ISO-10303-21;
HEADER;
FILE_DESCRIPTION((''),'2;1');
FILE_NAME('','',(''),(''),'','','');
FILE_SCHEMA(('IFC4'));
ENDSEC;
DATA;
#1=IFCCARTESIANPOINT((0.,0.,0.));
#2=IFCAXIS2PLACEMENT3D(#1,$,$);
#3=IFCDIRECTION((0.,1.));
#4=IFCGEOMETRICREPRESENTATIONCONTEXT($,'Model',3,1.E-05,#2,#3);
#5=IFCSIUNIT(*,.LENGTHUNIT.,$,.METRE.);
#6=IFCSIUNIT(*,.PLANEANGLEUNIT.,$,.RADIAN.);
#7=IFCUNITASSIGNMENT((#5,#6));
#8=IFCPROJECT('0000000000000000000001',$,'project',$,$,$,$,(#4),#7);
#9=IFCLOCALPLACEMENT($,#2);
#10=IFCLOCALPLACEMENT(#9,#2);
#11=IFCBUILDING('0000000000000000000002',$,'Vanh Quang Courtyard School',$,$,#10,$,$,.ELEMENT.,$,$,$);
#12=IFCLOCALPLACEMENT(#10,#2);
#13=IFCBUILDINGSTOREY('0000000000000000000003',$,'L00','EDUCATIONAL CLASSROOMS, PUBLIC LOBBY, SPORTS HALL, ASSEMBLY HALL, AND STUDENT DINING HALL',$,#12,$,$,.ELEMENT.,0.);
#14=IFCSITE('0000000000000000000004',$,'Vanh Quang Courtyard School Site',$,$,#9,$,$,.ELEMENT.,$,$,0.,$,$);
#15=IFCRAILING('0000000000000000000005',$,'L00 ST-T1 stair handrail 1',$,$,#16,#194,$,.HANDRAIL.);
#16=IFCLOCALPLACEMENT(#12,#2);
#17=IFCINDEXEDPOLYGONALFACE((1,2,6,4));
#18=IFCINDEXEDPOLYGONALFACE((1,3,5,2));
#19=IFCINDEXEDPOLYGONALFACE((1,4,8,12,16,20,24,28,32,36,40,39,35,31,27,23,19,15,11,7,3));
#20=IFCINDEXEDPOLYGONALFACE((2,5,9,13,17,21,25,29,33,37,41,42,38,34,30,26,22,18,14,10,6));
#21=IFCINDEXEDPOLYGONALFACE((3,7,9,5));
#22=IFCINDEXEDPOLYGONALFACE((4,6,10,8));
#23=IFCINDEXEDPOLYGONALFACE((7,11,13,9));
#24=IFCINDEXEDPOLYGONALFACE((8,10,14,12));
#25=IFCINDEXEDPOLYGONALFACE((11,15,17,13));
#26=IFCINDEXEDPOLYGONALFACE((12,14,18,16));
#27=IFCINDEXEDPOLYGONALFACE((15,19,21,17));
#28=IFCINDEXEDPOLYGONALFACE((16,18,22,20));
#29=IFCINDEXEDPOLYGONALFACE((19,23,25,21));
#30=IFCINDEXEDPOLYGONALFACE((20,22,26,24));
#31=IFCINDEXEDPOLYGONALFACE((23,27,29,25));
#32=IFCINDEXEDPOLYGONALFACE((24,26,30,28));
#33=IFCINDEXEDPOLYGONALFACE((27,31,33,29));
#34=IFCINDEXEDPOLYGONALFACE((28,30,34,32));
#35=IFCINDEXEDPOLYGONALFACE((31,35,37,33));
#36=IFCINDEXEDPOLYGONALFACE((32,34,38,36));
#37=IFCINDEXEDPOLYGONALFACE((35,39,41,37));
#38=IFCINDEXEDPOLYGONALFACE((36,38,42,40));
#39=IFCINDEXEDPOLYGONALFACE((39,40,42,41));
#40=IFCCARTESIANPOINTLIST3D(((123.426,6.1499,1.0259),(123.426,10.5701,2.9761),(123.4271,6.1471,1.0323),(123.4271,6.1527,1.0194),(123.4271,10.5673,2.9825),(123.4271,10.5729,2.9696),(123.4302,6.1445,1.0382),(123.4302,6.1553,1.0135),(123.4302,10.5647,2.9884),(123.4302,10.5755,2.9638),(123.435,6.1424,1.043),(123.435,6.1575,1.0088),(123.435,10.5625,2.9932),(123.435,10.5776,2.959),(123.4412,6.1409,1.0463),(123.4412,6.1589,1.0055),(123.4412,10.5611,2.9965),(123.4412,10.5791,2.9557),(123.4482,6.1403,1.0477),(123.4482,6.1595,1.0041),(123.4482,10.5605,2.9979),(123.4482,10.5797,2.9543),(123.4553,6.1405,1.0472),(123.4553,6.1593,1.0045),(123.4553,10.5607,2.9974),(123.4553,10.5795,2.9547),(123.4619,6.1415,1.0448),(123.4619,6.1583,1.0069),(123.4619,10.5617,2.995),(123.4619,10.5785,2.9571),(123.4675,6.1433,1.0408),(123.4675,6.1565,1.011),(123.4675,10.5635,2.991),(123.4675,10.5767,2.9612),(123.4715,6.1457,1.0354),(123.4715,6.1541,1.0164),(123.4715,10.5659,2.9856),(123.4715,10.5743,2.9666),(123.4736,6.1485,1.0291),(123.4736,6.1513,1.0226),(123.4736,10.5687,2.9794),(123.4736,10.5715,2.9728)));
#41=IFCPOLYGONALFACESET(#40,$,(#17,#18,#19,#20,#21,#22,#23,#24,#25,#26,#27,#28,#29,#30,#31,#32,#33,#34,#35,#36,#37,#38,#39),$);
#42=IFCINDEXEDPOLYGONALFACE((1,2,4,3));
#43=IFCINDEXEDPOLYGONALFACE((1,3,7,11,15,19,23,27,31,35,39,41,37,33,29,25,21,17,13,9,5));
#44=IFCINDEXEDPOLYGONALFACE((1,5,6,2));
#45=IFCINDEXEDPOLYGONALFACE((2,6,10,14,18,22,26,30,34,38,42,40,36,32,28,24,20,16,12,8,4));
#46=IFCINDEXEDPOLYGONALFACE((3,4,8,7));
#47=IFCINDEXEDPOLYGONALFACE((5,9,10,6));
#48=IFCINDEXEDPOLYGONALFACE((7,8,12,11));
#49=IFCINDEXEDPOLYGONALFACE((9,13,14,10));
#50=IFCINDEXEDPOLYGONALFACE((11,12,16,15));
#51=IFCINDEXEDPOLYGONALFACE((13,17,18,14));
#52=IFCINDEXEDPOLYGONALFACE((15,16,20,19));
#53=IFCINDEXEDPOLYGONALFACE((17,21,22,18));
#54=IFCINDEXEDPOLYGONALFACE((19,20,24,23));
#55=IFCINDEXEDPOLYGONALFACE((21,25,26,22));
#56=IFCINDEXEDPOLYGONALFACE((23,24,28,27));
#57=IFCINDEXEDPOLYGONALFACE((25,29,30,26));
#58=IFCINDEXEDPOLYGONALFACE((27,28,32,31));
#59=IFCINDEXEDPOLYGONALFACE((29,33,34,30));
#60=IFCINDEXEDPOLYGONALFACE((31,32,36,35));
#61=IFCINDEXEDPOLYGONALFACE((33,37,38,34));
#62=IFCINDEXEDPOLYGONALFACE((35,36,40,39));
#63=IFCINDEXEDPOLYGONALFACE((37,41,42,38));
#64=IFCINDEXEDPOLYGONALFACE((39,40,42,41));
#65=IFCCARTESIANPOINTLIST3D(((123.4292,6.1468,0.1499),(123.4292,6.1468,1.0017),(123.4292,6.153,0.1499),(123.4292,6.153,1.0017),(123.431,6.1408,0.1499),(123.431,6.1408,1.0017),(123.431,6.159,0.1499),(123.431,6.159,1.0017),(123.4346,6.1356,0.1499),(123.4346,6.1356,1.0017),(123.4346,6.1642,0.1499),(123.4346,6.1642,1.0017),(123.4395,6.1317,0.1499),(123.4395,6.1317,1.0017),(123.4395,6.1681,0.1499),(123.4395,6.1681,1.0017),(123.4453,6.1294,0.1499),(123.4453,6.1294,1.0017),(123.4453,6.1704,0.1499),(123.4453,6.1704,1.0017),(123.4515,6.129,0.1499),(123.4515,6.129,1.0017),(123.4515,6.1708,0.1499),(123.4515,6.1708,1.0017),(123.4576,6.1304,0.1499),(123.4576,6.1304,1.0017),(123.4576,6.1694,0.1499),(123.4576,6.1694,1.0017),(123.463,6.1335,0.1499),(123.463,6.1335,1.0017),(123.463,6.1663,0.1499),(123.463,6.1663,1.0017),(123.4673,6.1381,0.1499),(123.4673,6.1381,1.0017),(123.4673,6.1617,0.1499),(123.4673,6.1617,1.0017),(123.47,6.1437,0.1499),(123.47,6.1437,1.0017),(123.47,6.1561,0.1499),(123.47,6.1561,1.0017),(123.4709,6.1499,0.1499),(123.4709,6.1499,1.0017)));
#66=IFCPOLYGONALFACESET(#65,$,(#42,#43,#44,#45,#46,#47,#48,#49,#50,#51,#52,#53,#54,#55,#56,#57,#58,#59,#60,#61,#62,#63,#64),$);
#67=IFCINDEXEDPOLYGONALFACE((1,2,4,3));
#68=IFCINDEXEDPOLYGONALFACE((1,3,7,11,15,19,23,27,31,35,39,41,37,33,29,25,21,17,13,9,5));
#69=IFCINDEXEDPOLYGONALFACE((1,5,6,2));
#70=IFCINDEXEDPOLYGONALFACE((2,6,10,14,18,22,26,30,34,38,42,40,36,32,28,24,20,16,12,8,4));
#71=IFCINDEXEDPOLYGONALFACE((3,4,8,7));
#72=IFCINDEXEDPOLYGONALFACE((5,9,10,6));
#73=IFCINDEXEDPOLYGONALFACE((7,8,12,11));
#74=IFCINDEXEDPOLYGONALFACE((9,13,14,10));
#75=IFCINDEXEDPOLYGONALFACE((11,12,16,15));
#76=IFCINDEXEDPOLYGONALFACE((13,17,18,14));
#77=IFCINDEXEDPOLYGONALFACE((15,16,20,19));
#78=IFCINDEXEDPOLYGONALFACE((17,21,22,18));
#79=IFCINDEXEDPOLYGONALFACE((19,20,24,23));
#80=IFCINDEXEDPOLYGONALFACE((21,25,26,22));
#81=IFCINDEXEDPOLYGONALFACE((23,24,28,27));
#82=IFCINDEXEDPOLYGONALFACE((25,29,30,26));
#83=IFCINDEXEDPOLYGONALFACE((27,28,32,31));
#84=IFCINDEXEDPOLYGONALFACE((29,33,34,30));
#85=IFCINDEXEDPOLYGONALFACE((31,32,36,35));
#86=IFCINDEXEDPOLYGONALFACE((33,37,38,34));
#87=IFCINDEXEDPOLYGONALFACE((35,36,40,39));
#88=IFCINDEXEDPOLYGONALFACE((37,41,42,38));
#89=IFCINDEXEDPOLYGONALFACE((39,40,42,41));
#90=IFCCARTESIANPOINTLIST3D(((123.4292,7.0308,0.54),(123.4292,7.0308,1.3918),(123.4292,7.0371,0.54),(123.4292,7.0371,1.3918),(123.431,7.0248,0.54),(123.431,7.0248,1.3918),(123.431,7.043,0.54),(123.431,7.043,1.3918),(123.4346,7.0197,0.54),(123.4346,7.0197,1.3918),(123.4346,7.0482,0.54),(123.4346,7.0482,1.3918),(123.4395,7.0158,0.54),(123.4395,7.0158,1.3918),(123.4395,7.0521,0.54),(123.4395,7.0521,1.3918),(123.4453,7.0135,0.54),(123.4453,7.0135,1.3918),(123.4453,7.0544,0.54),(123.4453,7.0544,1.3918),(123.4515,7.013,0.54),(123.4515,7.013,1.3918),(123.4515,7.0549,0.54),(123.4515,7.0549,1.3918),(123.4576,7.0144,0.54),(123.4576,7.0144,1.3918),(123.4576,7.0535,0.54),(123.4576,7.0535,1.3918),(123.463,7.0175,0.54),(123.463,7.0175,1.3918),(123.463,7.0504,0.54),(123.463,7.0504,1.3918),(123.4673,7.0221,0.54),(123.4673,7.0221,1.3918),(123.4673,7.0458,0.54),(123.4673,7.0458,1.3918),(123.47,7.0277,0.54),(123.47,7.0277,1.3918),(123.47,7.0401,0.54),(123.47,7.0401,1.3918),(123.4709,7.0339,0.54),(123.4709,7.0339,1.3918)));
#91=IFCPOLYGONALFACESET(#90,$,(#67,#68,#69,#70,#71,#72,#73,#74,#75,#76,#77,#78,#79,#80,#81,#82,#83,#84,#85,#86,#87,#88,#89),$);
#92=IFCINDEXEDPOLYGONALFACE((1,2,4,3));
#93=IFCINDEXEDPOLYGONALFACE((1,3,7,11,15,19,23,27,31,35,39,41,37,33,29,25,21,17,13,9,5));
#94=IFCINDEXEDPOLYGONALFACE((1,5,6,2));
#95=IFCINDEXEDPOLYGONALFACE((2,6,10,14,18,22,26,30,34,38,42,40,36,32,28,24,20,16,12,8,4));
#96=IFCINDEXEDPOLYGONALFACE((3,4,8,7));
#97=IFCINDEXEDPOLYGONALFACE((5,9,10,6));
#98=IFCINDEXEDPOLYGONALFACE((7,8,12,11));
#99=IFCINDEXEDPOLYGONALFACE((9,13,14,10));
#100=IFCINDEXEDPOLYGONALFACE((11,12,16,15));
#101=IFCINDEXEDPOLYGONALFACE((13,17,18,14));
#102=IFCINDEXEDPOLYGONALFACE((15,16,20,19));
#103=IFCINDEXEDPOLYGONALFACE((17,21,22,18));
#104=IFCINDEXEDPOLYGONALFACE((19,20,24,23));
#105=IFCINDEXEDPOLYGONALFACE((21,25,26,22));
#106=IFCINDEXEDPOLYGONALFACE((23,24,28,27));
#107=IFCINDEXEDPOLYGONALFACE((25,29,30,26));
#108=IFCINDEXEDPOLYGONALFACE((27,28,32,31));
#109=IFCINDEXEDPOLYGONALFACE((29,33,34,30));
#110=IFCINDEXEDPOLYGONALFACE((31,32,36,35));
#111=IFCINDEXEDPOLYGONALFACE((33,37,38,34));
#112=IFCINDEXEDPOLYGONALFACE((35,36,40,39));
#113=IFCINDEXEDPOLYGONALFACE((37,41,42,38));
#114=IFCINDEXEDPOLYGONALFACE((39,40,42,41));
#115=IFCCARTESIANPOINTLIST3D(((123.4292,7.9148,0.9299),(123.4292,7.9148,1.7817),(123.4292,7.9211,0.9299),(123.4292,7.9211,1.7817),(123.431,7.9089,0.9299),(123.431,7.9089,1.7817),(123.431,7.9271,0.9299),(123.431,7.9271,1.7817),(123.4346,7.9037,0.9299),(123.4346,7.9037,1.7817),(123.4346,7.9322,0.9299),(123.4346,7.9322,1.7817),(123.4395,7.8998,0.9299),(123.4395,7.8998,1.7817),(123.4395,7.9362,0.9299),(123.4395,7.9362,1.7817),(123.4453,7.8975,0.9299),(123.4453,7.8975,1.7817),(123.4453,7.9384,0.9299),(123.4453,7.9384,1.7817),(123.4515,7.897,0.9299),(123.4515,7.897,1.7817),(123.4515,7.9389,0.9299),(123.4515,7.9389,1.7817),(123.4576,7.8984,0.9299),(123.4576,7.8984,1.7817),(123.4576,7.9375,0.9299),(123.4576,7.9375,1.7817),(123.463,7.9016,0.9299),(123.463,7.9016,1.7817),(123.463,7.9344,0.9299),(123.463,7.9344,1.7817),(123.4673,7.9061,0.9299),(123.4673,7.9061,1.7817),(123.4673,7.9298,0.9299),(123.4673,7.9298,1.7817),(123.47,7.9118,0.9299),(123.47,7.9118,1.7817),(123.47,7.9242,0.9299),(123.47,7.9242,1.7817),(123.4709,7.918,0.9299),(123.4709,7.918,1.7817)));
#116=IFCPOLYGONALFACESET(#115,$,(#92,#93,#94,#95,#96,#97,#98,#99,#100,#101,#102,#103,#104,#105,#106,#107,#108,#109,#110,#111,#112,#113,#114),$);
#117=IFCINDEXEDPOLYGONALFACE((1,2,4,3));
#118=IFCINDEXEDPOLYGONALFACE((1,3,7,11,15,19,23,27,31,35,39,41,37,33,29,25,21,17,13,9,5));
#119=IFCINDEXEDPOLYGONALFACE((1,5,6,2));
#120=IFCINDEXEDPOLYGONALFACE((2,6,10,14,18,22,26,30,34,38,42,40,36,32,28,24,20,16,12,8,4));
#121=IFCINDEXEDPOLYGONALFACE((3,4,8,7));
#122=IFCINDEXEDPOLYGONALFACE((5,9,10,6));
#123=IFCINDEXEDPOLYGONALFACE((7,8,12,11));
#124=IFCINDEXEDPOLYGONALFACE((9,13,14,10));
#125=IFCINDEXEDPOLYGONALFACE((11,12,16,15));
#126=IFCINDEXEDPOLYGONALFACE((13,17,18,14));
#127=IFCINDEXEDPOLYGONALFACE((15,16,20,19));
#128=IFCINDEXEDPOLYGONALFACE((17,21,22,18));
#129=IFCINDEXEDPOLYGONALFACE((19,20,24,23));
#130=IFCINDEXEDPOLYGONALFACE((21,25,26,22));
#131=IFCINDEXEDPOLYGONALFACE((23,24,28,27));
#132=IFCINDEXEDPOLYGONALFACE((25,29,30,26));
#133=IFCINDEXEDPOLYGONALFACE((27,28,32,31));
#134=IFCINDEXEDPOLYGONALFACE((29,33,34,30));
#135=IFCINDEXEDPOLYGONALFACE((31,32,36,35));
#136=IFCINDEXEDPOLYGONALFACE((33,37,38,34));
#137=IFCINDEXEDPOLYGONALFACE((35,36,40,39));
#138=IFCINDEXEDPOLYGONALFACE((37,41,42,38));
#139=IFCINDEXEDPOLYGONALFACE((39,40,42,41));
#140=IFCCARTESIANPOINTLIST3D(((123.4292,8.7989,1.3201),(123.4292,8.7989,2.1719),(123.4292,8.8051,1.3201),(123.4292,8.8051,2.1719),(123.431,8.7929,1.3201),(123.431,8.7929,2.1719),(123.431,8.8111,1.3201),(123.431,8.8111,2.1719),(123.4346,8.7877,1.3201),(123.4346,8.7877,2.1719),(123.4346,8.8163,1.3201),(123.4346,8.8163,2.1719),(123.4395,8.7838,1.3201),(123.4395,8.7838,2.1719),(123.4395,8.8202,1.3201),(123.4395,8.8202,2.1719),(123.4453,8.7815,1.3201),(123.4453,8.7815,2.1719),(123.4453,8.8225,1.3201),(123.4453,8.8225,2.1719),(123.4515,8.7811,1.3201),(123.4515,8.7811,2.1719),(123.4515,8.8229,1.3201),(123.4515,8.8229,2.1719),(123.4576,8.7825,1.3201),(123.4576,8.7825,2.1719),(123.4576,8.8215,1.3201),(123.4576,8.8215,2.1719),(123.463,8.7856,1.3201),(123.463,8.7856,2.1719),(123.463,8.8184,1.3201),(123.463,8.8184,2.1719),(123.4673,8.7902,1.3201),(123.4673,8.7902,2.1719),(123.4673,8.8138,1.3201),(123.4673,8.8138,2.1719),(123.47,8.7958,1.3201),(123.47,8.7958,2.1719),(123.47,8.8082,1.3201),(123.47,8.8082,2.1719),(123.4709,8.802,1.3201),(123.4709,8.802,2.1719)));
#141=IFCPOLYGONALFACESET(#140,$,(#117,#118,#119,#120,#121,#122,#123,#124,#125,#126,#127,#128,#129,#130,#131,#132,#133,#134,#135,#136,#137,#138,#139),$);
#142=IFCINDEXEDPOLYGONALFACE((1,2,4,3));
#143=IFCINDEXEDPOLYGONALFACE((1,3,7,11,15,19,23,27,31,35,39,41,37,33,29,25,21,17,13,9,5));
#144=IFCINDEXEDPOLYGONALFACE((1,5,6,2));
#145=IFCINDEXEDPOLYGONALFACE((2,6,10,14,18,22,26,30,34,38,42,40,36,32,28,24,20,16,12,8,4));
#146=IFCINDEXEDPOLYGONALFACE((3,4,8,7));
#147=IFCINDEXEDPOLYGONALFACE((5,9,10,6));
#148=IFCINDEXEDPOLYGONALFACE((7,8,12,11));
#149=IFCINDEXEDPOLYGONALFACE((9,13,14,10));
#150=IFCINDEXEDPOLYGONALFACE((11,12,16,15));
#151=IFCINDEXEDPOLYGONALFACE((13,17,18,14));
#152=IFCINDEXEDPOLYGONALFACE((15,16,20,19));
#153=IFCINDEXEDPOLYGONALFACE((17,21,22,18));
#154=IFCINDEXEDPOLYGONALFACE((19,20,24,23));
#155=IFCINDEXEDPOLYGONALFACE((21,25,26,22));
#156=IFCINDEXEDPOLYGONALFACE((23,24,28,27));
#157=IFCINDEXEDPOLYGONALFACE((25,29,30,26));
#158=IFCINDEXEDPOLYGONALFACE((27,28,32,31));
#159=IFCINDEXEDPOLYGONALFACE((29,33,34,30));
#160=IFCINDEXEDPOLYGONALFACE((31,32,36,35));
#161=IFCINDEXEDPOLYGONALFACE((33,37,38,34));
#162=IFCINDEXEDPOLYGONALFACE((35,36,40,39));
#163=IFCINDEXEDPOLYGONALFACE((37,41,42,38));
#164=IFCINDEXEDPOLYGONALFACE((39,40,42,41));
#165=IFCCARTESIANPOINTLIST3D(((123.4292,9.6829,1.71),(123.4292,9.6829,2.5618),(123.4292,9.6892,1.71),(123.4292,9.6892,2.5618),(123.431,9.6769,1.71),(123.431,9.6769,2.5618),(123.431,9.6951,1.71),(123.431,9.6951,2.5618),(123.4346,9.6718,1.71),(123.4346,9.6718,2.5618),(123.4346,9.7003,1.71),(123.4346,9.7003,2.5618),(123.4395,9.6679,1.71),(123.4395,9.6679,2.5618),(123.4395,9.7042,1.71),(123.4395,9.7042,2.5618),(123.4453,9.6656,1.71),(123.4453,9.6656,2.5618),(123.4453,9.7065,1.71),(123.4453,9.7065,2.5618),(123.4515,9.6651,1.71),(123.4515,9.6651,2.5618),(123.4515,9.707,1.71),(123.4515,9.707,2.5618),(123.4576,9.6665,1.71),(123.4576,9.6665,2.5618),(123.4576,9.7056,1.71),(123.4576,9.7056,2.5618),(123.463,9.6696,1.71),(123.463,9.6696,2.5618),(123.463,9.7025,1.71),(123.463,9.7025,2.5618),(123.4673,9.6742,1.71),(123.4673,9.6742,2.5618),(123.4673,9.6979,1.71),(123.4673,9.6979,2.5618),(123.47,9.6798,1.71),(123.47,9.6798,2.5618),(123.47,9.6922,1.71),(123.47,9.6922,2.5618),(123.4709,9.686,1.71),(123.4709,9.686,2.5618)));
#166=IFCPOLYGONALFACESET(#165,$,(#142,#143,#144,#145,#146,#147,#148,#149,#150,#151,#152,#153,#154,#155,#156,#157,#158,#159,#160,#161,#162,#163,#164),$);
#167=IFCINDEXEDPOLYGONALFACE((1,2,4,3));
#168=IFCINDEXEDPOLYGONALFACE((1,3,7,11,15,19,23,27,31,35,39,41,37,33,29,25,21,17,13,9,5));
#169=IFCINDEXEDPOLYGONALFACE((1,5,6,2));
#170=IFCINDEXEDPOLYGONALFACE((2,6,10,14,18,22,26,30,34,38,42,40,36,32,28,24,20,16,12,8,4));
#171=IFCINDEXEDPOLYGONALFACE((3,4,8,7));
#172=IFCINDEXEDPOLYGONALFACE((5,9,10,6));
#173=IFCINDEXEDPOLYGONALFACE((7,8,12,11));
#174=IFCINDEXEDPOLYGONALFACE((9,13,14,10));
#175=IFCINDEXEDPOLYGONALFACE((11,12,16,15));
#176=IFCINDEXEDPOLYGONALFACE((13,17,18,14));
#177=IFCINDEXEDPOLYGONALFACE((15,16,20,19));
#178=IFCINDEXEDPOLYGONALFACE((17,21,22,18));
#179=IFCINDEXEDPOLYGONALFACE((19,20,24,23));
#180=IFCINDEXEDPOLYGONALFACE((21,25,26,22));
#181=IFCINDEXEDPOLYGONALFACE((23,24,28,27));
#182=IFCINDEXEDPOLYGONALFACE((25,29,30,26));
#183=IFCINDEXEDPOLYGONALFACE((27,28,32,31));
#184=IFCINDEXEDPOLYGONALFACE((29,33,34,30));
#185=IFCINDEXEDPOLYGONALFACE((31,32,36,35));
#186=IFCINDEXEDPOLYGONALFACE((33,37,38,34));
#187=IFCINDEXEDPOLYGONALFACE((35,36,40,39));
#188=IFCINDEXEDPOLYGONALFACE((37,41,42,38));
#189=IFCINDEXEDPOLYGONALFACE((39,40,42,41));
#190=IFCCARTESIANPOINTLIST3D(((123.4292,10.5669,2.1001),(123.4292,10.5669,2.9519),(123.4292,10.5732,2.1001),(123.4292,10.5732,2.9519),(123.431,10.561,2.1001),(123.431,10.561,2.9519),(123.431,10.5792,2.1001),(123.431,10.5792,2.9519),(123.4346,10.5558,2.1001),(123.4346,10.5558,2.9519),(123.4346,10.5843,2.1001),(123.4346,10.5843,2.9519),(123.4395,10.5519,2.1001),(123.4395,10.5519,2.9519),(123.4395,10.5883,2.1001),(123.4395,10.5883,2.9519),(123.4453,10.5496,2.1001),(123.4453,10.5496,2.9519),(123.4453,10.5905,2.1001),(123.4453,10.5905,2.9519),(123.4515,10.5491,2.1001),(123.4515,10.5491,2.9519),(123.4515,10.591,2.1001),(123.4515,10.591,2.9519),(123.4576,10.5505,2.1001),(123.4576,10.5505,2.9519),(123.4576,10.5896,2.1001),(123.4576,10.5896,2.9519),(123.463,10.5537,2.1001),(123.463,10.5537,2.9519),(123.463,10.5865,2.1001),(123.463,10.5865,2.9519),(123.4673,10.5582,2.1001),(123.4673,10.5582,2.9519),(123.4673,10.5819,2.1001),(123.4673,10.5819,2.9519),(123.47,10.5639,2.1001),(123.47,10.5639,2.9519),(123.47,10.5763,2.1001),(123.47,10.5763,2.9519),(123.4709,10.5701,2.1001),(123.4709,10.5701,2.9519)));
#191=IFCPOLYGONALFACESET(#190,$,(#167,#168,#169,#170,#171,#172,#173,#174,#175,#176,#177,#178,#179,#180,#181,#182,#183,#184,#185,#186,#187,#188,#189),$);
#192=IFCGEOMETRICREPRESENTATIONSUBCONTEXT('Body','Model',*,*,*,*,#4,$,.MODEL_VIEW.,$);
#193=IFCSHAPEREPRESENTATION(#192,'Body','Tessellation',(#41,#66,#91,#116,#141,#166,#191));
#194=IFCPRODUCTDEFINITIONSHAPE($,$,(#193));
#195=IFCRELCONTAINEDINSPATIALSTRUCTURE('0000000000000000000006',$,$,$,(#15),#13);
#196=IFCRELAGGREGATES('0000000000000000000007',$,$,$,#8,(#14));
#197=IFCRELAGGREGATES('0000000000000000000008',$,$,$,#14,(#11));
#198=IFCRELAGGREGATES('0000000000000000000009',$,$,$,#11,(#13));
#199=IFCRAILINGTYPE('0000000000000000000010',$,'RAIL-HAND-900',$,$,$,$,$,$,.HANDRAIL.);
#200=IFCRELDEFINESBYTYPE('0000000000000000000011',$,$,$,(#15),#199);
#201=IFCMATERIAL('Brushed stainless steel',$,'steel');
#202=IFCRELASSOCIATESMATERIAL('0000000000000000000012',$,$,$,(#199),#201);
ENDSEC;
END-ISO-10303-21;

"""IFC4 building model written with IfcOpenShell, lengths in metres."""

from ifc_helpers import new_model, si_unit, direction, frame, origin, origin_2d, place, context, subcontext, project, spatial, circle, extrude, material, type_object, element, save


model = new_model("IFC4")

# Units and contexts
model_context = context("Model", 3, precision=1e-05, world=origin(), true_north=direction((0.0, 1.0)))
body_context = subcontext(model_context, "Body", "Model", "MODEL_VIEW")
ifc_project = project(units=[si_unit("LENGTHUNIT", "METRE"), si_unit("PLANEANGLEUNIT", "RADIAN")], contexts=[model_context])

# Site, building, storey
site_placement = place(None, origin())
site = spatial("IfcSite", under=ifc_project, at=site_placement, Name="Vanh Quang Courtyard School Site", CompositionType="ELEMENT", RefElevation=0.0)
building_placement = place(site_placement, origin())
building = spatial("IfcBuilding", under=site, at=building_placement, Name="Vanh Quang Courtyard School", CompositionType="ELEMENT")
storey_placement = place(building_placement, origin())
storey = spatial("IfcBuildingStorey", under=building, at=storey_placement, Name="L00", Description="EDUCATIONAL CLASSROOMS, PUBLIC LOBBY, SPORTS HALL, ASSEMBLY HALL, AND STUDENT DINING HALL", CompositionType="ELEMENT", Elevation=0.0)

# Railing
ifc_material_1 = material(Name="Brushed stainless steel", Category="steel")
railing_type_1 = type_object("IfcRailingType", Name="RAIL-HAND-900", PredefinedType="HANDRAIL", material=ifc_material_1)
railing_1_placement = place(storey_placement, frame((123.45, 6.1499, 0.1499)))
element("IfcRailing", 1, at=railing_1_placement, inside=storey, type_object=railing_type_1, Name="L00 ST-T1 stair handrail 1", PredefinedType="HANDRAIL", context=body_context, shape_type="SweptSolid", body=[
    extrude(circle(Radius=0.0239, at=origin_2d()), frame((0.0, 0.0, 0.876), z_axis=(0.0, 0.914908, 0.403661), x_axis=(-1.0, 0.0, 0.0)), (0.0, 0.0, 1.0), 4.8313),
    extrude(circle(Radius=0.021, at=origin_2d()), origin(), (0.0, 0.0, 1.0), 0.8518),
    extrude(circle(Radius=0.021, at=origin_2d()), frame((0.0, 0.884, 0.3901)), (0.0, 0.0, 1.0), 0.8518),
    extrude(circle(Radius=0.021, at=origin_2d()), frame((0.0, 1.7681, 0.78)), (0.0, 0.0, 1.0), 0.8518),
    extrude(circle(Radius=0.021, at=origin_2d()), frame((0.0, 2.6521, 1.1702)), (0.0, 0.0, 1.0), 0.8518),
    extrude(circle(Radius=0.021, at=origin_2d()), frame((0.0, 3.5361, 1.5601)), (0.0, 0.0, 1.0), 0.8518),
    extrude(circle(Radius=0.021, at=origin_2d()), frame((0.0, 4.4202, 1.9502)), (0.0, 0.0, 1.0), 0.8518),
])

save(model, "model.ifc")
